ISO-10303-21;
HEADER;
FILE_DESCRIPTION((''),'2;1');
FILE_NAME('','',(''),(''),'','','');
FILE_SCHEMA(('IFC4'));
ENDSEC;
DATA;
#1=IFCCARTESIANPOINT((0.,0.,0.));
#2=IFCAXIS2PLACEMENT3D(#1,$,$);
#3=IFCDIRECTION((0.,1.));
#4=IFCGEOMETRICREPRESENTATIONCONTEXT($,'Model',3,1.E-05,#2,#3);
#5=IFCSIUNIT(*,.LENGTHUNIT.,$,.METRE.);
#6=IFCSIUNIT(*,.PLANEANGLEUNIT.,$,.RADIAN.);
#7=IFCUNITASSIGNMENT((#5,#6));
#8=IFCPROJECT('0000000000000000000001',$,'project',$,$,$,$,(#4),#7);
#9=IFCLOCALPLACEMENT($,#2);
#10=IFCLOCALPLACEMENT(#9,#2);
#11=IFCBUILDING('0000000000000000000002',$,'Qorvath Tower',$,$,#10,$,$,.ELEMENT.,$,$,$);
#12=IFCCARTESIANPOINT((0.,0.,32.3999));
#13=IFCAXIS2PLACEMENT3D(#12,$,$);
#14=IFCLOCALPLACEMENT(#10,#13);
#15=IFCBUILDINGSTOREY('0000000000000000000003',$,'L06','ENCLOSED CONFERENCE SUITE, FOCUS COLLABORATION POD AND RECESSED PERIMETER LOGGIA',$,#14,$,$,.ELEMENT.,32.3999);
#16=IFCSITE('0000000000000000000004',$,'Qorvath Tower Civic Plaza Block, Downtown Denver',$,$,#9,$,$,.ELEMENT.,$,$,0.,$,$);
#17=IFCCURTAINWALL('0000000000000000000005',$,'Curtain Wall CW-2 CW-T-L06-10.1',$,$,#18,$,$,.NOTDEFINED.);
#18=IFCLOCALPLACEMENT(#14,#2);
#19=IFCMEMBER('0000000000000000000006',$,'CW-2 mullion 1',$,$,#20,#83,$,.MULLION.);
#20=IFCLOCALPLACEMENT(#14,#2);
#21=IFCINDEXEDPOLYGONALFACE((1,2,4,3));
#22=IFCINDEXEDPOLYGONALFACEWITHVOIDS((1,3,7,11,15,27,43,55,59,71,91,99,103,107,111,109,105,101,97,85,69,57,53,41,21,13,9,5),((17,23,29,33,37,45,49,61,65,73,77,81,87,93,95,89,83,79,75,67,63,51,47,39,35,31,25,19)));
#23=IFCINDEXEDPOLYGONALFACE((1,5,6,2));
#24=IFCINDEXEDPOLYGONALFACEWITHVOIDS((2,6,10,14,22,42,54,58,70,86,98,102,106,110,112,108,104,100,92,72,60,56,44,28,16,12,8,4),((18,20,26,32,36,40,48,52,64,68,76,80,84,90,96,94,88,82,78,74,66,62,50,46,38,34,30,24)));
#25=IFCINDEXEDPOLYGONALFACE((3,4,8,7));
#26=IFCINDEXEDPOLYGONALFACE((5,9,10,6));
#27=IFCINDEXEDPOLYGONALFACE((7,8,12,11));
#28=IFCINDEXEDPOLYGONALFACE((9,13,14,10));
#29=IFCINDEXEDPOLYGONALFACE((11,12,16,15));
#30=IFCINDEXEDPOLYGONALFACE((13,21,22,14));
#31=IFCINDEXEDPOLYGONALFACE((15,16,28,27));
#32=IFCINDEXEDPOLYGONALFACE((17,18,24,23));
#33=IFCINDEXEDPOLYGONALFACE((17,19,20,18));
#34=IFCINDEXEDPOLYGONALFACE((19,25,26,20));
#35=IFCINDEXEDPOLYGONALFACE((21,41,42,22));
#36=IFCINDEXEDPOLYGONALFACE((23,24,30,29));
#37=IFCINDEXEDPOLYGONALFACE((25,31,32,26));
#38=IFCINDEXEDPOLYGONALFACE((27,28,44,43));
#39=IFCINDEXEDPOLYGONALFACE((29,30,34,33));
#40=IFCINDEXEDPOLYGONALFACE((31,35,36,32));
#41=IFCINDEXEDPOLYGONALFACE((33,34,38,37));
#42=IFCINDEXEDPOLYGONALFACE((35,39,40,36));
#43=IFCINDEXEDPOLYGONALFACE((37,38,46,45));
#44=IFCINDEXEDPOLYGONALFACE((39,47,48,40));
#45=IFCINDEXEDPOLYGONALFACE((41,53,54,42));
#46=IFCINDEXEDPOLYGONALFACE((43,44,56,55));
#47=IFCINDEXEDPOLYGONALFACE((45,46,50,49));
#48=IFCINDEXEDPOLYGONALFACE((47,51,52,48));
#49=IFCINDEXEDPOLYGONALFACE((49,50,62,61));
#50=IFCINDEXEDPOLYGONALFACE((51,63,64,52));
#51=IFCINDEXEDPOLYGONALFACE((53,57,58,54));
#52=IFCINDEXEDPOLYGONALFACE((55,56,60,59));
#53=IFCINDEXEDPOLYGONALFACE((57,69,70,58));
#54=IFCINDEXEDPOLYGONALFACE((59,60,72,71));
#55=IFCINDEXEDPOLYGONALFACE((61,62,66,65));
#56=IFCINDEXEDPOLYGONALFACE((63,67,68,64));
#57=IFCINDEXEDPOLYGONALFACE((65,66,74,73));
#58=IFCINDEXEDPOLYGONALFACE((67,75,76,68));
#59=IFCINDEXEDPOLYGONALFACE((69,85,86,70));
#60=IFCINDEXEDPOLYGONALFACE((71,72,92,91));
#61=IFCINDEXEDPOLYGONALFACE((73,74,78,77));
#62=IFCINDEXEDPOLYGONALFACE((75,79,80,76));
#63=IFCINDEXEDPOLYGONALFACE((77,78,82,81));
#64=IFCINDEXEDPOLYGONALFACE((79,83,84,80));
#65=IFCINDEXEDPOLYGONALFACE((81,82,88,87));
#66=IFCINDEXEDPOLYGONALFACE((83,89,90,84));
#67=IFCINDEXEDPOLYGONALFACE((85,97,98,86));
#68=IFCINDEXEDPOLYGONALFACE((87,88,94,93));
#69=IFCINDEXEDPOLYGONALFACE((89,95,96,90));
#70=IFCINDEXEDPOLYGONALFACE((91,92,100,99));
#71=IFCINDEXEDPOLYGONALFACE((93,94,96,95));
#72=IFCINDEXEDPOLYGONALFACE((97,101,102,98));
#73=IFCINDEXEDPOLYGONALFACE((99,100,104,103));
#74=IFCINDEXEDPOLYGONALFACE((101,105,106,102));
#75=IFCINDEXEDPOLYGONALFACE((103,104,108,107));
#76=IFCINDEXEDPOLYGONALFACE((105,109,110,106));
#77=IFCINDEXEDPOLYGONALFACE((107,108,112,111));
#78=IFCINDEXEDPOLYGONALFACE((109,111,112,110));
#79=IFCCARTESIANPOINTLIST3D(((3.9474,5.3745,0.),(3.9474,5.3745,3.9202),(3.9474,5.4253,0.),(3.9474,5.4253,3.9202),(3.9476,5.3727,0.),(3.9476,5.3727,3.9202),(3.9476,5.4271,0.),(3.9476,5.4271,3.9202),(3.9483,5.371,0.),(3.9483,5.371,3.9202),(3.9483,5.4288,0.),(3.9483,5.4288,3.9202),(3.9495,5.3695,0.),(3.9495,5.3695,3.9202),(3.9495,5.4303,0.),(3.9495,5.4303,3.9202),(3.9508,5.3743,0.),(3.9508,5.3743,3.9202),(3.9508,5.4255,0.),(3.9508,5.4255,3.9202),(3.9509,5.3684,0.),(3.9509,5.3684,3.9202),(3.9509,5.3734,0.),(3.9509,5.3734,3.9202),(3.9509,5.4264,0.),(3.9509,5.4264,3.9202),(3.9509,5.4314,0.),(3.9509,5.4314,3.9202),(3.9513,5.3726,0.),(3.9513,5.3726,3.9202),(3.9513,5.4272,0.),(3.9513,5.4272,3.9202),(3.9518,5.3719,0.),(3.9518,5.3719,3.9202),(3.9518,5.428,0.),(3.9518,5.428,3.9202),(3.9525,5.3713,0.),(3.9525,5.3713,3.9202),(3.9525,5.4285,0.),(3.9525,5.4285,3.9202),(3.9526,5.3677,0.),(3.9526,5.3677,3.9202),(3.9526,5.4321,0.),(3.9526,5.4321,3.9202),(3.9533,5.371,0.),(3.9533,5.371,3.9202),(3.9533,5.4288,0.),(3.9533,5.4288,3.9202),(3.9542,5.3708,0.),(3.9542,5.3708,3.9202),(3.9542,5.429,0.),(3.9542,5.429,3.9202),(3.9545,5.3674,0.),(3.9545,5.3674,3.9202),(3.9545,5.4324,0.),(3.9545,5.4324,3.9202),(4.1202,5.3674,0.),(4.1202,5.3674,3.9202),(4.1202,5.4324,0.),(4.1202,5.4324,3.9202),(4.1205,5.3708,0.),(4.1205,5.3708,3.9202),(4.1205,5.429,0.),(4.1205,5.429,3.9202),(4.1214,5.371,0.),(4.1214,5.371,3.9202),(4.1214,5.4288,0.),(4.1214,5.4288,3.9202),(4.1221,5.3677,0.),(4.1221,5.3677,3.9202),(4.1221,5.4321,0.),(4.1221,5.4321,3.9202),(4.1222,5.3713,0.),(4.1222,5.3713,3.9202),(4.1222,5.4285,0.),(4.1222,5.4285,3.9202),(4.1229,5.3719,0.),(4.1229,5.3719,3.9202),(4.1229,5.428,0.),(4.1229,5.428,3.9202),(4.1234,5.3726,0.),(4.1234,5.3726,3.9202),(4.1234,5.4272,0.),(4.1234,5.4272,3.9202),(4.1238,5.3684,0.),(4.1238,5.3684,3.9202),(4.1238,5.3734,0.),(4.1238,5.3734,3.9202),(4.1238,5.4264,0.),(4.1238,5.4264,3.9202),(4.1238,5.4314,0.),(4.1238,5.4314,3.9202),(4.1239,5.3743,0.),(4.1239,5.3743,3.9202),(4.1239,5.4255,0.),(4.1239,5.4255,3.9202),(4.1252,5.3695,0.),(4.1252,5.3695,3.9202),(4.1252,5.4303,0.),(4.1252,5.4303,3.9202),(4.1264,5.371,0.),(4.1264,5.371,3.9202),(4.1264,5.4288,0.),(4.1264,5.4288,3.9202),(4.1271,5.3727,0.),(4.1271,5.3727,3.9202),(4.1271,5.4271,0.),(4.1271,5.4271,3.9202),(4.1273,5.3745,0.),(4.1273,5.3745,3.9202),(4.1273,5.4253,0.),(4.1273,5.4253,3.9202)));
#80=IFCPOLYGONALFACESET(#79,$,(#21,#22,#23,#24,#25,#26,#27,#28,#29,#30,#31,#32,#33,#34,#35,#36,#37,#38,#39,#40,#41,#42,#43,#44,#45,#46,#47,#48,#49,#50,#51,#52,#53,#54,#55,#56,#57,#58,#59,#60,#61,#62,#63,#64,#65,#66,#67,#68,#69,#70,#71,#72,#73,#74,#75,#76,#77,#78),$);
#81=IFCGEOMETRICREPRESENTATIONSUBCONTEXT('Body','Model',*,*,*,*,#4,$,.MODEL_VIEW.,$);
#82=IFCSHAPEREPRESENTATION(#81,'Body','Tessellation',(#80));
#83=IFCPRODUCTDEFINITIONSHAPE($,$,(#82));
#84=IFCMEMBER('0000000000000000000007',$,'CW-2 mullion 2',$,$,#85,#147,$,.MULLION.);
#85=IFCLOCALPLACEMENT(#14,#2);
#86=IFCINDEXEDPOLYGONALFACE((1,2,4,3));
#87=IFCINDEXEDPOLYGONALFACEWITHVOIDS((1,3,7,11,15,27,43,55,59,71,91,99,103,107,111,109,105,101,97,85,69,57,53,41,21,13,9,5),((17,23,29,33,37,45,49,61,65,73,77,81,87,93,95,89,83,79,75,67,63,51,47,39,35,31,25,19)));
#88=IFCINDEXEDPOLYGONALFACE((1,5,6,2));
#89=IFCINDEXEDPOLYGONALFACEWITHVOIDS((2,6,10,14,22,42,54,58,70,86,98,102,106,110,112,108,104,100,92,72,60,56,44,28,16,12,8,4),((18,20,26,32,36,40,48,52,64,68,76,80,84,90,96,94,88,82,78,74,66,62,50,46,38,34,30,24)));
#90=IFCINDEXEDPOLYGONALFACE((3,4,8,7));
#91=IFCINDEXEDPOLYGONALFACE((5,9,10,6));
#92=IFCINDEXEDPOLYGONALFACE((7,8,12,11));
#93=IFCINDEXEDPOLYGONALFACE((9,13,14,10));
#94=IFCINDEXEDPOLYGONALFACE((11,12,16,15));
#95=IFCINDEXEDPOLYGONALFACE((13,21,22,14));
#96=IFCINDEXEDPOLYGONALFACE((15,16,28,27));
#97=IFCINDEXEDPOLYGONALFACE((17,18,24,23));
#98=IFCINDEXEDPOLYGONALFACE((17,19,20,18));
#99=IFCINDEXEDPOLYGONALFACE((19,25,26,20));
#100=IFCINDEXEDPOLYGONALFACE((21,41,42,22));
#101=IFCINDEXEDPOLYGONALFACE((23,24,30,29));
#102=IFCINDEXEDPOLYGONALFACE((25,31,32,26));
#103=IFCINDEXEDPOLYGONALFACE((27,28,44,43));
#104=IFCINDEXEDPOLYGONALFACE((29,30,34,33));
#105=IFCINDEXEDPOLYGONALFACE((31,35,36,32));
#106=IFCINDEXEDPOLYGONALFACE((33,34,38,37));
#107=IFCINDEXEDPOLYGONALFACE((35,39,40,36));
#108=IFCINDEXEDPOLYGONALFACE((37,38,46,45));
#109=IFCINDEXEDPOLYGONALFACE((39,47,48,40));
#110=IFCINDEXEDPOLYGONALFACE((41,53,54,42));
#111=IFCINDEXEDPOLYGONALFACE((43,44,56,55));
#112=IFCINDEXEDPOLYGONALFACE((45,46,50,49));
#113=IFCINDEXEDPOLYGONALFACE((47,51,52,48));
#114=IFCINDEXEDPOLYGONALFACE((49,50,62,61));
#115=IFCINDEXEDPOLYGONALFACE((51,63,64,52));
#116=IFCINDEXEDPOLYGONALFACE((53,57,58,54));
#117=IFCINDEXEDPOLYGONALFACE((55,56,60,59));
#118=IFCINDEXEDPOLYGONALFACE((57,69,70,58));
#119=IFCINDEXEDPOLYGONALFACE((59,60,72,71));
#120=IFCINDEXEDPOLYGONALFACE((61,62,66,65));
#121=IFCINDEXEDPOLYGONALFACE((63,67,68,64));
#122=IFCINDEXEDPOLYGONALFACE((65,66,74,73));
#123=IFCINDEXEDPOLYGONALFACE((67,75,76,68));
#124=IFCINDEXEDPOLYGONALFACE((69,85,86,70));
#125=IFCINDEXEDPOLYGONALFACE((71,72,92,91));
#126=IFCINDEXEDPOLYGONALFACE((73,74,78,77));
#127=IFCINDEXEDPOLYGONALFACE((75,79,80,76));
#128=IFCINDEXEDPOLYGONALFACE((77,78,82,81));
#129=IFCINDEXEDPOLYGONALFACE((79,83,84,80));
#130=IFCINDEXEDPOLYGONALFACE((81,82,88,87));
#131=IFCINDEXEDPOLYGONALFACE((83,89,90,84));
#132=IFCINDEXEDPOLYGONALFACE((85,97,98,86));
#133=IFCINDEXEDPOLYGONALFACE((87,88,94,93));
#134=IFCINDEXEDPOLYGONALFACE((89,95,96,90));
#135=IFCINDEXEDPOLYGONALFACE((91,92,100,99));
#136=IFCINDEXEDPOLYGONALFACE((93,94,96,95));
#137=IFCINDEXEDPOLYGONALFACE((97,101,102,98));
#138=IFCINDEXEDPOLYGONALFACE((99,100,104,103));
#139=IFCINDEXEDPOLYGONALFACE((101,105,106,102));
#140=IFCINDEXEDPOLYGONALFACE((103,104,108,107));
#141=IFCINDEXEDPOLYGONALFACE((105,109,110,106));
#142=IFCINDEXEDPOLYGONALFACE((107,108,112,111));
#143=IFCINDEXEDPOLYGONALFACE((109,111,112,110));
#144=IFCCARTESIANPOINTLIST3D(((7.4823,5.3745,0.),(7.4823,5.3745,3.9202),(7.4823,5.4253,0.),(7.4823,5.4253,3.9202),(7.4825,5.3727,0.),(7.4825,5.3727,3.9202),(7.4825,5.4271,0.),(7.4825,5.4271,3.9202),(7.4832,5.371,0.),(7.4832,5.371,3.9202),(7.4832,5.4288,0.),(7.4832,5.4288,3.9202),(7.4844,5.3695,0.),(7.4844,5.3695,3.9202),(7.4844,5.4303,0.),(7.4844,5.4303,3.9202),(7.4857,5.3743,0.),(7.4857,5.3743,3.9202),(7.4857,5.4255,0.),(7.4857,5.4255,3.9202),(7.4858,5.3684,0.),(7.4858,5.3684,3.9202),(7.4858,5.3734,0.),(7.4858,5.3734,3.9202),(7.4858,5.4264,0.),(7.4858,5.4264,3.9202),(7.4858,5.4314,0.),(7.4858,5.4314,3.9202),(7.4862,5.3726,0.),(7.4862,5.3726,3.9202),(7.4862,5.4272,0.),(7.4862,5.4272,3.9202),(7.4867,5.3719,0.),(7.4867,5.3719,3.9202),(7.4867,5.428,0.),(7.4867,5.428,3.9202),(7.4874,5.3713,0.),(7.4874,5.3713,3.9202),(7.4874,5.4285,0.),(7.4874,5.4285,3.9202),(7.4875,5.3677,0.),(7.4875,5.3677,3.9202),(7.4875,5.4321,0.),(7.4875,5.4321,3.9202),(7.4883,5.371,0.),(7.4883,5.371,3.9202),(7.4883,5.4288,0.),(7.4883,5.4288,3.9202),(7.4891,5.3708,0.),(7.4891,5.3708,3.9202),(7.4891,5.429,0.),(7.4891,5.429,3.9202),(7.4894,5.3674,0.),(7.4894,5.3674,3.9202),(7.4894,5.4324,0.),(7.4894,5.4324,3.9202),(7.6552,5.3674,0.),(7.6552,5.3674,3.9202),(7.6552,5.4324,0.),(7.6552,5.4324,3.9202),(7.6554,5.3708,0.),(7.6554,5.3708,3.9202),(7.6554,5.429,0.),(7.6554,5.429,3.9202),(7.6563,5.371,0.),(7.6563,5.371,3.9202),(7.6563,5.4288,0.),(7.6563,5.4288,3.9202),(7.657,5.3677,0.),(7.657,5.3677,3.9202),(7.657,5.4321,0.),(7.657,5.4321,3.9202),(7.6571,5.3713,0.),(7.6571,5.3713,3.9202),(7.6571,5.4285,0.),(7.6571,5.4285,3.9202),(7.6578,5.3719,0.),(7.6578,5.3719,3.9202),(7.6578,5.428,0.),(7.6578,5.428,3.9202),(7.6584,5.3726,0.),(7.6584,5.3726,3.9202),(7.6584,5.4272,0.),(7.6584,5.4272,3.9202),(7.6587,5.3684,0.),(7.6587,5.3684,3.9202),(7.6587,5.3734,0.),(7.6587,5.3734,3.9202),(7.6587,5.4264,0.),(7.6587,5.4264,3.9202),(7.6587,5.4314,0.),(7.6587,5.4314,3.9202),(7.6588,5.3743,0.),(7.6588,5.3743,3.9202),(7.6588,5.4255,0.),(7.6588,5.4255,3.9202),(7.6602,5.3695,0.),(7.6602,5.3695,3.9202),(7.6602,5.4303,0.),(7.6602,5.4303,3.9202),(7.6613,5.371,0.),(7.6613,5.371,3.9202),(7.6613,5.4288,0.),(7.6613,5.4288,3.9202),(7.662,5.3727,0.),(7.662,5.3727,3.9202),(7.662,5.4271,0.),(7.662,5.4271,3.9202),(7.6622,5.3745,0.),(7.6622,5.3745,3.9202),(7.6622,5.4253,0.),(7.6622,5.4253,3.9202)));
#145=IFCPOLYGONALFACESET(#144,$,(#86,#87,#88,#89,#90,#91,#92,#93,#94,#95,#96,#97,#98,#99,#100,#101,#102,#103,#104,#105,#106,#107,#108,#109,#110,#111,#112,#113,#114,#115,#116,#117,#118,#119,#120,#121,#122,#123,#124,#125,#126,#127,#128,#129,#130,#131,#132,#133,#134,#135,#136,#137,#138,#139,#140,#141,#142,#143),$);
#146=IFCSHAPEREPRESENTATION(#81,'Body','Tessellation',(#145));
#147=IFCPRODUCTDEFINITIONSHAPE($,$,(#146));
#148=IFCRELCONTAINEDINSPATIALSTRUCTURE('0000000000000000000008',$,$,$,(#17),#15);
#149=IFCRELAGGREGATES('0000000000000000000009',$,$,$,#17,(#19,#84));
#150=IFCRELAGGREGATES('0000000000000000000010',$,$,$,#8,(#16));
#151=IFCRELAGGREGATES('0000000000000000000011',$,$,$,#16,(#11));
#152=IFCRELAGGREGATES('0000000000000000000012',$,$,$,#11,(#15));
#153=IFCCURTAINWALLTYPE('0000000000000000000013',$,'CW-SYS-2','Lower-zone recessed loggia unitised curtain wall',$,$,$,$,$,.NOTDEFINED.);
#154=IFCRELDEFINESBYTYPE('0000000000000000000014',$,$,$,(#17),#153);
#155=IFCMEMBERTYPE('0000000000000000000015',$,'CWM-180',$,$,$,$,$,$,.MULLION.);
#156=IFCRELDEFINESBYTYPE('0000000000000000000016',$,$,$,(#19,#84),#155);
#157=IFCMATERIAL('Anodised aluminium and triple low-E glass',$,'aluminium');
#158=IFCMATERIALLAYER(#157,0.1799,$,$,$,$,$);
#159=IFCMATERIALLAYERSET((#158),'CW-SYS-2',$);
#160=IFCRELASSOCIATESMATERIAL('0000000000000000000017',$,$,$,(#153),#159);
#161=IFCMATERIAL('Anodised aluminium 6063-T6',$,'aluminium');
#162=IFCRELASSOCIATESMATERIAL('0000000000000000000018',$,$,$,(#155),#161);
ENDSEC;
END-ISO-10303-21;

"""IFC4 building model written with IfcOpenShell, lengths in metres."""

from ifc_helpers import new_model, si_unit, direction, frame, origin, origin_2d, place, context, subcontext, project, spatial, hollow_rectangle, extrude, material, layer, layer_set, material_profile, profile_set, type_object, element, aggregate, save


model = new_model("IFC4")

# Units and contexts
model_context = context("Model", 3, precision=1e-05, world=origin(), true_north=direction((0.0, 1.0)))
body_context = subcontext(model_context, "Body", "Model", "MODEL_VIEW")
ifc_project = project(units=[si_unit("LENGTHUNIT", "METRE"), si_unit("PLANEANGLEUNIT", "RADIAN")], contexts=[model_context])

# Site, building, storey
site_placement = place(None, origin())
site = spatial("IfcSite", under=ifc_project, at=site_placement, Name="Qorvath Tower Civic Plaza Block, Downtown Denver", CompositionType="ELEMENT", RefElevation=0.0)
building_placement = place(site_placement, origin())
building = spatial("IfcBuilding", under=site, at=building_placement, Name="Qorvath Tower", CompositionType="ELEMENT")
storey_placement = place(building_placement, frame((0.0, 0.0, 32.3999)))
storey = spatial("IfcBuildingStorey", under=building, at=storey_placement, Name="L06", Description="ENCLOSED CONFERENCE SUITE, FOCUS COLLABORATION POD AND RECESSED PERIMETER LOGGIA", CompositionType="ELEMENT", Elevation=32.3999)

# Curtain wall, members
ifc_material_1 = material(Name="Anodised aluminium and triple low-E glass", Category="aluminium")
ifc_layer_1 = layer(ifc_material_1, 0.1799)
ifc_layer_set_1 = layer_set([ifc_layer_1], Name="CW-SYS-2")
curtain_wall_type = type_object("IfcCurtainWallType", Name="CW-SYS-2", Description="Lower-zone recessed loggia unitised curtain wall", PredefinedType="NOTDEFINED", material=ifc_layer_set_1)
ifc_material_2 = material(Name="Anodised aluminium 6063-T6", Category="aluminium")
ifc_material_profile_1 = material_profile(ifc_material_2, hollow_rectangle(XDim=0.0649, YDim=0.1799, WallThickness=0.0034, InnerFilletRadius=0.0034, OuterFilletRadius=0.0071, at=origin_2d()), Name="CWM 180x65")
ifc_profile_set_1 = profile_set([ifc_material_profile_1], Name="Anodised aluminium 6063-T6")
member_type_1 = type_object("IfcMemberType", Name="CWM-180", PredefinedType="MULLION", material=ifc_profile_set_1)
curtain_wall_1_placement = place(storey_placement, origin())
curtain_wall_1 = element("IfcCurtainWall", 1, at=curtain_wall_1_placement, inside=storey, type_object=curtain_wall_type, Name="Curtain Wall CW-2 CW-T-L06-10.1", PredefinedType="NOTDEFINED")
member_1_placement = place(storey_placement, frame((4.0374, 5.3999, 0.0), z_axis=(0.0, 0.0, 1.0), x_axis=(0.0, 1.0, 0.0)))
member_1 = element("IfcMember", 2, at=member_1_placement, type_object=member_type_1, Name="CW-2 mullion 1", PredefinedType="MULLION", context=body_context, shape_type="SweptSolid", body=[
    extrude(hollow_rectangle(XDim=0.0649, YDim=0.1799, WallThickness=0.0034, InnerFilletRadius=0.0034, OuterFilletRadius=0.0071, at=origin_2d()), origin(), (0.0, 0.0, 1.0), 3.9202),
])
member_2_placement = place(storey_placement, frame((7.5723, 5.3999, 0.0), z_axis=(0.0, 0.0, 1.0), x_axis=(0.0, 1.0, 0.0)))
member_2 = element("IfcMember", 3, at=member_2_placement, type_object=member_type_1, Name="CW-2 mullion 2", PredefinedType="MULLION", context=body_context, shape_type="SweptSolid", body=[
    extrude(hollow_rectangle(XDim=0.0649, YDim=0.1799, WallThickness=0.0034, InnerFilletRadius=0.0034, OuterFilletRadius=0.0071, at=origin_2d()), origin(), (0.0, 0.0, 1.0), 3.9202),
])

aggregate(curtain_wall_1, [member_1, member_2])

save(model, "model.ifc")
